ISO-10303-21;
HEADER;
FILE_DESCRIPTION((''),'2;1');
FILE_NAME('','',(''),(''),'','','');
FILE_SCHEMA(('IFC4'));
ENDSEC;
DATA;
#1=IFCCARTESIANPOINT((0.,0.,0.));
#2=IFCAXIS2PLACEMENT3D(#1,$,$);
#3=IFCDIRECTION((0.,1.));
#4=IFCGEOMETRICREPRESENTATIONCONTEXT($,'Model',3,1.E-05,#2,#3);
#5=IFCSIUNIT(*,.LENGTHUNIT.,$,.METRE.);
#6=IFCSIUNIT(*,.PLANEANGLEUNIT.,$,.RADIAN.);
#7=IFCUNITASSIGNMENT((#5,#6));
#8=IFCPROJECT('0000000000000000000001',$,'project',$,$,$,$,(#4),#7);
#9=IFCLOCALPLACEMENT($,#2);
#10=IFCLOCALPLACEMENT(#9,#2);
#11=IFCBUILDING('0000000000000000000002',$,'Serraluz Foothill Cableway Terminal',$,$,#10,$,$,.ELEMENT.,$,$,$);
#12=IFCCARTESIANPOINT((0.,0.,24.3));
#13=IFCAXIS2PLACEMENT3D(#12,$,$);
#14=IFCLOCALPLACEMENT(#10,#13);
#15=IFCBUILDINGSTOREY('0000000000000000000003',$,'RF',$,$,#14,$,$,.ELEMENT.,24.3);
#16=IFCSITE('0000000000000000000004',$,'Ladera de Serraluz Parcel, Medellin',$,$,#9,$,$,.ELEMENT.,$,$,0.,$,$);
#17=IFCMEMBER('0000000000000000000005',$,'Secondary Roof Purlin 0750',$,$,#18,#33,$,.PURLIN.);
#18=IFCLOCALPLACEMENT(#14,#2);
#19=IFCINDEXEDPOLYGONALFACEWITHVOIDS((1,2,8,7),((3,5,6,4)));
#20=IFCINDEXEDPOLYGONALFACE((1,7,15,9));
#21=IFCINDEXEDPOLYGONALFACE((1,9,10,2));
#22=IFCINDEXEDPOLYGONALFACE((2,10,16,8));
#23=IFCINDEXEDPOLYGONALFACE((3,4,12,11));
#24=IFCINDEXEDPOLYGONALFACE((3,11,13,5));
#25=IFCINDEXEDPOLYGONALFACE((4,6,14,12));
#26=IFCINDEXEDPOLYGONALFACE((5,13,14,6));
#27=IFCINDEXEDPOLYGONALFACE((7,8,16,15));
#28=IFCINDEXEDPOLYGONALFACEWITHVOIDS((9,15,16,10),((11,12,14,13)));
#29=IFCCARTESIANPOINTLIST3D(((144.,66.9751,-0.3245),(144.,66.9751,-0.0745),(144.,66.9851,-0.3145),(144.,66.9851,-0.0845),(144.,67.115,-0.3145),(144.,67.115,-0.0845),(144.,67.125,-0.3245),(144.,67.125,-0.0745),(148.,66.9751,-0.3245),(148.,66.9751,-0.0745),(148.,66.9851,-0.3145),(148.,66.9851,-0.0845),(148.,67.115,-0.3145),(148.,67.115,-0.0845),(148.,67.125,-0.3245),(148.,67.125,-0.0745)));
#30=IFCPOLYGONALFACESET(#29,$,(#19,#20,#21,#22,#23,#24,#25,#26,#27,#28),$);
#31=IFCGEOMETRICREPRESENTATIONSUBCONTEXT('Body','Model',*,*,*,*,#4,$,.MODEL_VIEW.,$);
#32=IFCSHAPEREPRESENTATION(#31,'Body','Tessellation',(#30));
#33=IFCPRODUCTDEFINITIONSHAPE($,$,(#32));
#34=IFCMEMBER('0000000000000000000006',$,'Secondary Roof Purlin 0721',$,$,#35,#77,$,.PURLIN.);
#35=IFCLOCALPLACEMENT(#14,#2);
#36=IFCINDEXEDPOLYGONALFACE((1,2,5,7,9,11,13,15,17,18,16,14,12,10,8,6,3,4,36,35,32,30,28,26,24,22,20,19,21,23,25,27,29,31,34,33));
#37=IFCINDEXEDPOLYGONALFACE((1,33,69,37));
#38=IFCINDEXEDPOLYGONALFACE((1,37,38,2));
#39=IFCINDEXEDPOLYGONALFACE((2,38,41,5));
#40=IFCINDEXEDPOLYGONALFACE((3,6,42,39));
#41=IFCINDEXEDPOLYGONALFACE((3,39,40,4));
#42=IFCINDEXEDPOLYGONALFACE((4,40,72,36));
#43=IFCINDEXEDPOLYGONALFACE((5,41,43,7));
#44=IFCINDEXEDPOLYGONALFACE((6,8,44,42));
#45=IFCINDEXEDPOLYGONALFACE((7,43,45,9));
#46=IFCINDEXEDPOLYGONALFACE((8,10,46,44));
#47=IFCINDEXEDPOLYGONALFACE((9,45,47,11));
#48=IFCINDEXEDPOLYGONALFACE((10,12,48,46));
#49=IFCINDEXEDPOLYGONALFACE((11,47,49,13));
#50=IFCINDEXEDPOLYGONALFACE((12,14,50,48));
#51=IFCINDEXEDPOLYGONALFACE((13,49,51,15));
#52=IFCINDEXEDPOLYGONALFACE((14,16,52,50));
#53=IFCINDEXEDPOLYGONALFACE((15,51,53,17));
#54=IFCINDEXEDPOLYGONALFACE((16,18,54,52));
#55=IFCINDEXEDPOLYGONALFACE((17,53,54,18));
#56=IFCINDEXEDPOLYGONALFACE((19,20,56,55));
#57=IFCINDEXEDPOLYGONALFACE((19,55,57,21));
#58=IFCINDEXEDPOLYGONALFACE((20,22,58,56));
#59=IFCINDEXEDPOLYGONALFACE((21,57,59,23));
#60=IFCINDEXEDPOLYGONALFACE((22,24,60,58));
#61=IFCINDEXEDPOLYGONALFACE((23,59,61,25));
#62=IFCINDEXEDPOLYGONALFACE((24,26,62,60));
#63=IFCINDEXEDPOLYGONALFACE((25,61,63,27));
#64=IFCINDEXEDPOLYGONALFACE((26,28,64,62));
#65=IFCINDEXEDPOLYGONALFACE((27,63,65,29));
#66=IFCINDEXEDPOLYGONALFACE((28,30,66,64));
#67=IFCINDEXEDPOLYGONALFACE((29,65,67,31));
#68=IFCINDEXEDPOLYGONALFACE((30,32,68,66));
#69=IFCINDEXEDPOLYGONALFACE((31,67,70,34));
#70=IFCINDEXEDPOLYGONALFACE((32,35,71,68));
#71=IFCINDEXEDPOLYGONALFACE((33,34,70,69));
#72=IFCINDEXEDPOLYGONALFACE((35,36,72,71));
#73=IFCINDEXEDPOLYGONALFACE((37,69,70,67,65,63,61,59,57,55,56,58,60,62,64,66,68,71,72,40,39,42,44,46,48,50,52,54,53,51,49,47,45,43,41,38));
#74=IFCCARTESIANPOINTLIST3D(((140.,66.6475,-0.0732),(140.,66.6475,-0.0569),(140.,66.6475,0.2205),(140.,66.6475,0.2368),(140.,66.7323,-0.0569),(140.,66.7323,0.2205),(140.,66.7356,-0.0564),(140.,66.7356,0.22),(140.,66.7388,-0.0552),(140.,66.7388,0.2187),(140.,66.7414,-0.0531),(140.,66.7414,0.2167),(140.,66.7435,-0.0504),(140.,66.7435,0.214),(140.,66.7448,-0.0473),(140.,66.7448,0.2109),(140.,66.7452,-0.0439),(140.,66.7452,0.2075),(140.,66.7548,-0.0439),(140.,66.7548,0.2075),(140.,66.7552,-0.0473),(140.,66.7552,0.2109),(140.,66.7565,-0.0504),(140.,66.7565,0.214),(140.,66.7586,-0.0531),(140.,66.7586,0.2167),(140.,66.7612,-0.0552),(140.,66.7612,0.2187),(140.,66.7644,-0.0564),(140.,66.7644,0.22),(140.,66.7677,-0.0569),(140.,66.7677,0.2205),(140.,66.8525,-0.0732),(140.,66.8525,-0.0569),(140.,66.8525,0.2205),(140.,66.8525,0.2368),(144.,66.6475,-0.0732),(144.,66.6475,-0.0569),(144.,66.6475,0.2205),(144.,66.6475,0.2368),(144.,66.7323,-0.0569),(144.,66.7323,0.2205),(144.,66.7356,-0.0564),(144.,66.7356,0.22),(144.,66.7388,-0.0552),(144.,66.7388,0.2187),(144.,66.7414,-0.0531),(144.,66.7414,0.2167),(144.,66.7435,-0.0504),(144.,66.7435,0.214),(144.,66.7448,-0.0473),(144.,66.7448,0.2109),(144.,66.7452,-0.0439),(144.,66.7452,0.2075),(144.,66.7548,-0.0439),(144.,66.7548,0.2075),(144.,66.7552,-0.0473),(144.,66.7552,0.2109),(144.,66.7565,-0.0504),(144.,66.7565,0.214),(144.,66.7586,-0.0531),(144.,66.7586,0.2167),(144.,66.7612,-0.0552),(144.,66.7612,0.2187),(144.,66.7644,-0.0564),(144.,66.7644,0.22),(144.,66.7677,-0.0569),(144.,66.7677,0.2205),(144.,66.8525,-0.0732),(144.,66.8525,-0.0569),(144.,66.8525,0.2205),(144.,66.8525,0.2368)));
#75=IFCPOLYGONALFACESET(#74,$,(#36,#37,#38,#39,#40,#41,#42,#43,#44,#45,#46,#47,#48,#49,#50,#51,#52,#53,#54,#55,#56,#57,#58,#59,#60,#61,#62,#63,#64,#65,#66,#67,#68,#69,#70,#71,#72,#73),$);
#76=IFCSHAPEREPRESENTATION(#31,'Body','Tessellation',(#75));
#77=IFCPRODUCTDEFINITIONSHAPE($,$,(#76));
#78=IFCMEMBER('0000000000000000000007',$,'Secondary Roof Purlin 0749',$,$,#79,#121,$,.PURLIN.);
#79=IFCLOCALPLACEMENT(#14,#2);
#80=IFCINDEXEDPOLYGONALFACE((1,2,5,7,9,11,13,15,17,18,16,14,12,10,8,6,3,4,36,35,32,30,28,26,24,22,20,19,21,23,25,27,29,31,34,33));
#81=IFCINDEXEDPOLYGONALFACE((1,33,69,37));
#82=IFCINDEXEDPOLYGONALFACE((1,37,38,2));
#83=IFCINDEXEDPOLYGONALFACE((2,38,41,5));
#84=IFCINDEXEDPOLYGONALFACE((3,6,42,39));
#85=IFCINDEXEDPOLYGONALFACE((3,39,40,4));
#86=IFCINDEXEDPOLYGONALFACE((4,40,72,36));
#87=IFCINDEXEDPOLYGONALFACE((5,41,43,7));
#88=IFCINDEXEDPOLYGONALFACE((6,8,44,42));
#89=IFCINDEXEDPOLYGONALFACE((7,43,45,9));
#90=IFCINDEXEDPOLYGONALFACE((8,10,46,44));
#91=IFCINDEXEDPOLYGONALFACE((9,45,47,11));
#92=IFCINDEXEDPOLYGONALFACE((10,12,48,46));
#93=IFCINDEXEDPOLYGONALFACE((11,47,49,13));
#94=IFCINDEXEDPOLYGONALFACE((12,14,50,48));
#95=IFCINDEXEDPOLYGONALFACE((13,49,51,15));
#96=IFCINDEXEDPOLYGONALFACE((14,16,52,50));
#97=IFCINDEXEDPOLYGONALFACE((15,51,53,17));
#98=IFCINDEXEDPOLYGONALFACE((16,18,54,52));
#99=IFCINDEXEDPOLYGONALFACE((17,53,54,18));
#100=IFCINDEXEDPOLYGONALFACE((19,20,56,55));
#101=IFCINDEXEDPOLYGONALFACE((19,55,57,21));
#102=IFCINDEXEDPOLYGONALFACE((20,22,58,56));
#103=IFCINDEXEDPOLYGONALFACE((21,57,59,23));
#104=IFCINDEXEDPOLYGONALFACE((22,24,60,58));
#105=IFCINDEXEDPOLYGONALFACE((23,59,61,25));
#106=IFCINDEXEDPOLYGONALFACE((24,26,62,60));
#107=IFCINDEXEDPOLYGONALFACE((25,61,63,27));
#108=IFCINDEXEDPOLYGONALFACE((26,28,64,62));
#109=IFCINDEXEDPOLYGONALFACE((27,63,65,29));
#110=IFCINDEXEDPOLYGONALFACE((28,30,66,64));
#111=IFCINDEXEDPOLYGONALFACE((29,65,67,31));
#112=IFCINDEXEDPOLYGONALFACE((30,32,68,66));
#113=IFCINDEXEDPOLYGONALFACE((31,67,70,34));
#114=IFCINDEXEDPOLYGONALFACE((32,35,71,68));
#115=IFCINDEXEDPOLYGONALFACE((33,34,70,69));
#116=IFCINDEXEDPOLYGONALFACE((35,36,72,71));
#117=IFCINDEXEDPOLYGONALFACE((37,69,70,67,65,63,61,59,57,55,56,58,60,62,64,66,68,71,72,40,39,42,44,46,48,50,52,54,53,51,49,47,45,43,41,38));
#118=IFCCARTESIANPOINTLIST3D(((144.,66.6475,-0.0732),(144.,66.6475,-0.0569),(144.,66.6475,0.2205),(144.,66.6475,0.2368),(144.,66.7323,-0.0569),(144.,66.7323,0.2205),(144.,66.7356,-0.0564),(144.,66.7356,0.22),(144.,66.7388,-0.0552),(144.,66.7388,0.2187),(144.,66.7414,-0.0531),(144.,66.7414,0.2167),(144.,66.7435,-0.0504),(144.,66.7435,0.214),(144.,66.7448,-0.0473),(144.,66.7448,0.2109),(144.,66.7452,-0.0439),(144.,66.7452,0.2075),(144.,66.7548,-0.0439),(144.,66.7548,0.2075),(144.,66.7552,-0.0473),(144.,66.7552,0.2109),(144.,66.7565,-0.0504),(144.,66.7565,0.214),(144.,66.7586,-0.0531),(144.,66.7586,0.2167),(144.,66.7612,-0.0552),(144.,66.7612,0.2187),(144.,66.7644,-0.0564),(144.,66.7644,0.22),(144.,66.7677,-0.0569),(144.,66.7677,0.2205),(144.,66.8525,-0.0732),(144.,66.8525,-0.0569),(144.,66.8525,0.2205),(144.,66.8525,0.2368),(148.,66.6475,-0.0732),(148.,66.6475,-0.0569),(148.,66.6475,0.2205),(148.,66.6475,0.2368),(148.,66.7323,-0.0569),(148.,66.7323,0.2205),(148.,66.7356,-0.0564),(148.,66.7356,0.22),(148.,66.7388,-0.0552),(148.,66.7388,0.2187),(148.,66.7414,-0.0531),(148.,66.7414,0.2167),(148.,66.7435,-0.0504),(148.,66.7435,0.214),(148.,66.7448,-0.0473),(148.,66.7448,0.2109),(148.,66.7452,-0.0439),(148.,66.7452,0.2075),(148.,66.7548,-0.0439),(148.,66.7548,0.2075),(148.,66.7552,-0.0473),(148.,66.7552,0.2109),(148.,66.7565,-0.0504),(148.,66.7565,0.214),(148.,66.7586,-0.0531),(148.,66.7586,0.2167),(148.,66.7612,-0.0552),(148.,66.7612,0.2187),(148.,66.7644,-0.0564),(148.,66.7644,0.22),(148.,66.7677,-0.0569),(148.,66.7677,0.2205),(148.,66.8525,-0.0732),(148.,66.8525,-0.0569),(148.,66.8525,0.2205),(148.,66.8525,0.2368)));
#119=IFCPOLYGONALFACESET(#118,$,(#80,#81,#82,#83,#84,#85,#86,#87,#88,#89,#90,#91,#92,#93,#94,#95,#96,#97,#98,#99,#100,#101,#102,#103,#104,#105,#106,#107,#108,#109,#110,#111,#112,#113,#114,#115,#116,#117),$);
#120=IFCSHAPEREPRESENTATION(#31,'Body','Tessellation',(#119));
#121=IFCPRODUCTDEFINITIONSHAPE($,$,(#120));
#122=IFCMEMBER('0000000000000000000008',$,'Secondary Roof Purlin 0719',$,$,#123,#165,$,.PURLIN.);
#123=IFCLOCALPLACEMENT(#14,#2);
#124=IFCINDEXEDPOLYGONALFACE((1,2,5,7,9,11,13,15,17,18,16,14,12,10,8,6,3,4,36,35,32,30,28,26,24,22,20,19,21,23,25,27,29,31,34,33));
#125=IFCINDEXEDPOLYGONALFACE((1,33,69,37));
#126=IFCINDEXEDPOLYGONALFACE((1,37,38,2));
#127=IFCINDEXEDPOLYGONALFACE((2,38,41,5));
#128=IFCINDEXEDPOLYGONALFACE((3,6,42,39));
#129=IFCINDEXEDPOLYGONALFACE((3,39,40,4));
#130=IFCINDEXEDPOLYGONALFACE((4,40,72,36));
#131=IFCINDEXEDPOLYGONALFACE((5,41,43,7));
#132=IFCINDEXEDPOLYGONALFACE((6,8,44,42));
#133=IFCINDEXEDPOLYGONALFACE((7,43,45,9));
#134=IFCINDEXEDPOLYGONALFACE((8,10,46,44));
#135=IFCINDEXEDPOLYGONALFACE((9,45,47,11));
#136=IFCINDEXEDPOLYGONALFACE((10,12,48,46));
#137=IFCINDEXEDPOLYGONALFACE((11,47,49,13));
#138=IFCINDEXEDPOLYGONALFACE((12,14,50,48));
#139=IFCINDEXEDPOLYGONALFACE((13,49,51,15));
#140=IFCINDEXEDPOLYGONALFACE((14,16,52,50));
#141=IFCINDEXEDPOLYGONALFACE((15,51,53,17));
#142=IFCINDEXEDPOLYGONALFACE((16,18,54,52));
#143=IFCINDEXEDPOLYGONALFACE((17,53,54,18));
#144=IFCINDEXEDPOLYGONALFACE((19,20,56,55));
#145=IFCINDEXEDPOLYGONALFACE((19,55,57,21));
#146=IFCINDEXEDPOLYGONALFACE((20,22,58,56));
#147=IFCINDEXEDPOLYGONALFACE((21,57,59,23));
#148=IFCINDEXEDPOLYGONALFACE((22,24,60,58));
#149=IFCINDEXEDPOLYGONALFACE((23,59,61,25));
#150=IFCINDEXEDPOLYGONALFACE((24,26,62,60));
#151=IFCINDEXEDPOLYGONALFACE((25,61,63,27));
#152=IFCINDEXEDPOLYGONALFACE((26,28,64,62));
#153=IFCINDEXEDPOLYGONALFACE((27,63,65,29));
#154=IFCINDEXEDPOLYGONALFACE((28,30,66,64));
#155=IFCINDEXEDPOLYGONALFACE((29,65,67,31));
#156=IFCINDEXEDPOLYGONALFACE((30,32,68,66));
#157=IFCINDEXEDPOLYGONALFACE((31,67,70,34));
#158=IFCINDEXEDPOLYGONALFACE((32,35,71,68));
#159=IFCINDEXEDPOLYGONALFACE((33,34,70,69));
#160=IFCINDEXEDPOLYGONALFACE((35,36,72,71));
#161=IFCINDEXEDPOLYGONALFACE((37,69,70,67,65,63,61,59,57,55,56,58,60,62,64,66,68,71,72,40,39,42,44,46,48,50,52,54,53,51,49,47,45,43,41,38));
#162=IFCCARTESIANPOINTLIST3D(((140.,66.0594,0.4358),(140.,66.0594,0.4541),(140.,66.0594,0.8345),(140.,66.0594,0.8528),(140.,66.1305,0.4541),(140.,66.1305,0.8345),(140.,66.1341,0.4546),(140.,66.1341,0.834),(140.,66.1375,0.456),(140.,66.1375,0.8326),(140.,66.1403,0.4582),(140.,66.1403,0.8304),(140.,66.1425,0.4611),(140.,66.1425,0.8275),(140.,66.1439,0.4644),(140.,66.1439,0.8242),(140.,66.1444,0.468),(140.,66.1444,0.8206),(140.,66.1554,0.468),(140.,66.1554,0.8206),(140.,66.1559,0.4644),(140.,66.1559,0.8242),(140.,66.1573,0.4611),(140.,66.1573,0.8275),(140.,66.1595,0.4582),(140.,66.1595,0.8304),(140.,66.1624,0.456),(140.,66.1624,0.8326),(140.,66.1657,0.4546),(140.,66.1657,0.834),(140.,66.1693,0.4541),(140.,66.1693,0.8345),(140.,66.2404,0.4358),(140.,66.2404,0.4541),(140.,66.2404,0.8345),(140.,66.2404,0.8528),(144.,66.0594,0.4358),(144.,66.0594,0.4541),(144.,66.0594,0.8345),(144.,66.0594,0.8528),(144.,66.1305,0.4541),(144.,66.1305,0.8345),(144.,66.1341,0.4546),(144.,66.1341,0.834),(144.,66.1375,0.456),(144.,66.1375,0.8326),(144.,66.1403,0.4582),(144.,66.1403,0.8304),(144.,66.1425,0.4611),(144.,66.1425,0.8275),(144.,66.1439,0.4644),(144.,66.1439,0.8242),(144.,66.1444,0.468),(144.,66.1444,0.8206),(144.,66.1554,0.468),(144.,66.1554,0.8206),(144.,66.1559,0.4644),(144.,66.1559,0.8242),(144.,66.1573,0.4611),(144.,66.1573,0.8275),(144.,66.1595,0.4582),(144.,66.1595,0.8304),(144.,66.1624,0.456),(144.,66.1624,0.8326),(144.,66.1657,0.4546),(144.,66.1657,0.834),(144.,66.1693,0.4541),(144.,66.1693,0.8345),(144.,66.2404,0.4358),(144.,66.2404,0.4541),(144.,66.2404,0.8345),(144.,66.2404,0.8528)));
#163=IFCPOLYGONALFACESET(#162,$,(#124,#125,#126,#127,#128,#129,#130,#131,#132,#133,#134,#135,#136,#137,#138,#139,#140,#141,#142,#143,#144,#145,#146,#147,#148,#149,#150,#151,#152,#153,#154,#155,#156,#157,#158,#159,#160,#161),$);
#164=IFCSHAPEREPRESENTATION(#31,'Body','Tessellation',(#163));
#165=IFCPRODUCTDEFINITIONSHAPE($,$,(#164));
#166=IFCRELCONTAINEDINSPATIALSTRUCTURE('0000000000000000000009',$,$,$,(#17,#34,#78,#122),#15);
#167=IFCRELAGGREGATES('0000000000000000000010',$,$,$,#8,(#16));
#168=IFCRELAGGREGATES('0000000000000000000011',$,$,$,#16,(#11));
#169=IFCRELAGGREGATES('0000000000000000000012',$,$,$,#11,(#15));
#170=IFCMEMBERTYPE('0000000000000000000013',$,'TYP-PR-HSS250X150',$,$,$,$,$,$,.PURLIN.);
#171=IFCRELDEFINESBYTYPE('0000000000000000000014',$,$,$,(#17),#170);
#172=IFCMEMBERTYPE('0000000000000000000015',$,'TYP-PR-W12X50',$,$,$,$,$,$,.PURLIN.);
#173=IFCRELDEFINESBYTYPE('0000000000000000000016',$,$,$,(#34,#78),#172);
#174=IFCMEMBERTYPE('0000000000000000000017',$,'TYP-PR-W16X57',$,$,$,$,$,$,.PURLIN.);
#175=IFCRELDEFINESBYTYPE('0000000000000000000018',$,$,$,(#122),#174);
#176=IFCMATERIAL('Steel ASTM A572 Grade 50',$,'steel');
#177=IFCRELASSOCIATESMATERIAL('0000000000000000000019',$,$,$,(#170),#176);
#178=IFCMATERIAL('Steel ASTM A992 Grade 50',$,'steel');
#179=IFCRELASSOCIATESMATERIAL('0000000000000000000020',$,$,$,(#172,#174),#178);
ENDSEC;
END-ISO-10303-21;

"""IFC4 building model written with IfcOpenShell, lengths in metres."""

from ifc_helpers import new_model, si_unit, direction, frame, origin, origin_2d, place, context, subcontext, project, spatial, hollow_rectangle, i_section, extrude, material, material_profile, profile_set, type_object, element, save


model = new_model("IFC4")

# Units and contexts
model_context = context("Model", 3, precision=1e-05, world=origin(), true_north=direction((0.0, 1.0)))
body_context = subcontext(model_context, "Body", "Model", "MODEL_VIEW")
ifc_project = project(units=[si_unit("LENGTHUNIT", "METRE"), si_unit("PLANEANGLEUNIT", "RADIAN")], contexts=[model_context])

# Site, building, storey
site_placement = place(None, origin())
site = spatial("IfcSite", under=ifc_project, at=site_placement, Name="Ladera de Serraluz Parcel, Medellin", CompositionType="ELEMENT", RefElevation=0.0)
building_placement = place(site_placement, origin())
building = spatial("IfcBuilding", under=site, at=building_placement, Name="Serraluz Foothill Cableway Terminal", CompositionType="ELEMENT")
storey_placement = place(building_placement, frame((0.0, 0.0, 24.3)))
storey = spatial("IfcBuildingStorey", under=building, at=storey_placement, Name="RF", CompositionType="ELEMENT", Elevation=24.3)

# Members
ifc_material_1 = material(Name="Steel ASTM A572 Grade 50", Category="steel")
ifc_material_2 = material(Name="Steel ASTM A992 Grade 50", Category="steel")
ifc_material_profile_1 = material_profile(ifc_material_1, hollow_rectangle(XDim=0.1499, YDim=0.25, WallThickness=0.01, at=origin_2d()), Name="HSS250X150X10")
ifc_profile_set_1 = profile_set([ifc_material_profile_1], Name="Steel ASTM A572 Grade 50")
member_type_1 = type_object("IfcMemberType", Name="TYP-PR-HSS250X150", PredefinedType="PURLIN", material=ifc_profile_set_1)
for number, where, z_axis, x_axis, name in (
    (1, (144.0, 67.05, -0.1995), (1.0, 0.0, 0.0), (0.0, 1.0, 0.0), "Secondary Roof Purlin 0750"),
):
    element("IfcMember", number, at=place(storey_placement, frame(where, z_axis=z_axis, x_axis=x_axis)), inside=storey, type_object=member_type_1, Name=name, PredefinedType="PURLIN", context=body_context, shape_type="SweptSolid", body=[
        extrude(hollow_rectangle(XDim=0.1499, YDim=0.25, WallThickness=0.01, at=origin_2d()), origin(), (0.0, 0.0, 1.0), 4.0),
    ])
ifc_material_profile_2 = material_profile(ifc_material_2, i_section(OverallWidth=0.2051, OverallDepth=0.3101, WebThickness=0.0095, FlangeThickness=0.0164, FilletRadius=0.0129, at=origin_2d()), Name="W12X50")
ifc_profile_set_2 = profile_set([ifc_material_profile_2], Name="Steel ASTM A992 Grade 50")
member_type_2 = type_object("IfcMemberType", Name="TYP-PR-W12X50", PredefinedType="PURLIN", material=ifc_profile_set_2)
for number, where, z_axis, x_axis, name in (
    (2, (140.0, 66.75, 0.0818), (1.0, 0.0, 0.0), (0.0, 1.0, 0.0), "Secondary Roof Purlin 0721"),
    (3, (144.0, 66.75, 0.0818), (1.0, 0.0, 0.0), (0.0, 1.0, 0.0), "Secondary Roof Purlin 0749"),
):
    element("IfcMember", number, at=place(storey_placement, frame(where, z_axis=z_axis, x_axis=x_axis)), inside=storey, type_object=member_type_2, Name=name, PredefinedType="PURLIN", context=body_context, shape_type="SweptSolid", body=[
        extrude(i_section(OverallWidth=0.2051, OverallDepth=0.3101, WebThickness=0.0095, FlangeThickness=0.0164, FilletRadius=0.0129, at=origin_2d()), origin(), (0.0, 0.0, 1.0), 4.0),
    ])
ifc_material_profile_3 = material_profile(ifc_material_2, i_section(OverallWidth=0.1809, OverallDepth=0.417, WebThickness=0.011, FlangeThickness=0.0183, FilletRadius=0.0139, at=origin_2d()), Name="W16X57")
ifc_profile_set_3 = profile_set([ifc_material_profile_3], Name="Steel ASTM A992 Grade 50")
member_type_3 = type_object("IfcMemberType", Name="TYP-PR-W16X57", PredefinedType="PURLIN", material=ifc_profile_set_3)
for number, where, z_axis, x_axis, name in (
    (4, (140.0, 66.1499, 0.6443), (1.0, 0.0, 0.0), (0.0, 1.0, 0.0), "Secondary Roof Purlin 0719"),
):
    element("IfcMember", number, at=place(storey_placement, frame(where, z_axis=z_axis, x_axis=x_axis)), inside=storey, type_object=member_type_3, Name=name, PredefinedType="PURLIN", context=body_context, shape_type="SweptSolid", body=[
        extrude(i_section(OverallWidth=0.1809, OverallDepth=0.417, WebThickness=0.011, FlangeThickness=0.0183, FilletRadius=0.0139, at=origin_2d()), origin(), (0.0, 0.0, 1.0), 4.0),
    ])

save(model, "model.ifc")
